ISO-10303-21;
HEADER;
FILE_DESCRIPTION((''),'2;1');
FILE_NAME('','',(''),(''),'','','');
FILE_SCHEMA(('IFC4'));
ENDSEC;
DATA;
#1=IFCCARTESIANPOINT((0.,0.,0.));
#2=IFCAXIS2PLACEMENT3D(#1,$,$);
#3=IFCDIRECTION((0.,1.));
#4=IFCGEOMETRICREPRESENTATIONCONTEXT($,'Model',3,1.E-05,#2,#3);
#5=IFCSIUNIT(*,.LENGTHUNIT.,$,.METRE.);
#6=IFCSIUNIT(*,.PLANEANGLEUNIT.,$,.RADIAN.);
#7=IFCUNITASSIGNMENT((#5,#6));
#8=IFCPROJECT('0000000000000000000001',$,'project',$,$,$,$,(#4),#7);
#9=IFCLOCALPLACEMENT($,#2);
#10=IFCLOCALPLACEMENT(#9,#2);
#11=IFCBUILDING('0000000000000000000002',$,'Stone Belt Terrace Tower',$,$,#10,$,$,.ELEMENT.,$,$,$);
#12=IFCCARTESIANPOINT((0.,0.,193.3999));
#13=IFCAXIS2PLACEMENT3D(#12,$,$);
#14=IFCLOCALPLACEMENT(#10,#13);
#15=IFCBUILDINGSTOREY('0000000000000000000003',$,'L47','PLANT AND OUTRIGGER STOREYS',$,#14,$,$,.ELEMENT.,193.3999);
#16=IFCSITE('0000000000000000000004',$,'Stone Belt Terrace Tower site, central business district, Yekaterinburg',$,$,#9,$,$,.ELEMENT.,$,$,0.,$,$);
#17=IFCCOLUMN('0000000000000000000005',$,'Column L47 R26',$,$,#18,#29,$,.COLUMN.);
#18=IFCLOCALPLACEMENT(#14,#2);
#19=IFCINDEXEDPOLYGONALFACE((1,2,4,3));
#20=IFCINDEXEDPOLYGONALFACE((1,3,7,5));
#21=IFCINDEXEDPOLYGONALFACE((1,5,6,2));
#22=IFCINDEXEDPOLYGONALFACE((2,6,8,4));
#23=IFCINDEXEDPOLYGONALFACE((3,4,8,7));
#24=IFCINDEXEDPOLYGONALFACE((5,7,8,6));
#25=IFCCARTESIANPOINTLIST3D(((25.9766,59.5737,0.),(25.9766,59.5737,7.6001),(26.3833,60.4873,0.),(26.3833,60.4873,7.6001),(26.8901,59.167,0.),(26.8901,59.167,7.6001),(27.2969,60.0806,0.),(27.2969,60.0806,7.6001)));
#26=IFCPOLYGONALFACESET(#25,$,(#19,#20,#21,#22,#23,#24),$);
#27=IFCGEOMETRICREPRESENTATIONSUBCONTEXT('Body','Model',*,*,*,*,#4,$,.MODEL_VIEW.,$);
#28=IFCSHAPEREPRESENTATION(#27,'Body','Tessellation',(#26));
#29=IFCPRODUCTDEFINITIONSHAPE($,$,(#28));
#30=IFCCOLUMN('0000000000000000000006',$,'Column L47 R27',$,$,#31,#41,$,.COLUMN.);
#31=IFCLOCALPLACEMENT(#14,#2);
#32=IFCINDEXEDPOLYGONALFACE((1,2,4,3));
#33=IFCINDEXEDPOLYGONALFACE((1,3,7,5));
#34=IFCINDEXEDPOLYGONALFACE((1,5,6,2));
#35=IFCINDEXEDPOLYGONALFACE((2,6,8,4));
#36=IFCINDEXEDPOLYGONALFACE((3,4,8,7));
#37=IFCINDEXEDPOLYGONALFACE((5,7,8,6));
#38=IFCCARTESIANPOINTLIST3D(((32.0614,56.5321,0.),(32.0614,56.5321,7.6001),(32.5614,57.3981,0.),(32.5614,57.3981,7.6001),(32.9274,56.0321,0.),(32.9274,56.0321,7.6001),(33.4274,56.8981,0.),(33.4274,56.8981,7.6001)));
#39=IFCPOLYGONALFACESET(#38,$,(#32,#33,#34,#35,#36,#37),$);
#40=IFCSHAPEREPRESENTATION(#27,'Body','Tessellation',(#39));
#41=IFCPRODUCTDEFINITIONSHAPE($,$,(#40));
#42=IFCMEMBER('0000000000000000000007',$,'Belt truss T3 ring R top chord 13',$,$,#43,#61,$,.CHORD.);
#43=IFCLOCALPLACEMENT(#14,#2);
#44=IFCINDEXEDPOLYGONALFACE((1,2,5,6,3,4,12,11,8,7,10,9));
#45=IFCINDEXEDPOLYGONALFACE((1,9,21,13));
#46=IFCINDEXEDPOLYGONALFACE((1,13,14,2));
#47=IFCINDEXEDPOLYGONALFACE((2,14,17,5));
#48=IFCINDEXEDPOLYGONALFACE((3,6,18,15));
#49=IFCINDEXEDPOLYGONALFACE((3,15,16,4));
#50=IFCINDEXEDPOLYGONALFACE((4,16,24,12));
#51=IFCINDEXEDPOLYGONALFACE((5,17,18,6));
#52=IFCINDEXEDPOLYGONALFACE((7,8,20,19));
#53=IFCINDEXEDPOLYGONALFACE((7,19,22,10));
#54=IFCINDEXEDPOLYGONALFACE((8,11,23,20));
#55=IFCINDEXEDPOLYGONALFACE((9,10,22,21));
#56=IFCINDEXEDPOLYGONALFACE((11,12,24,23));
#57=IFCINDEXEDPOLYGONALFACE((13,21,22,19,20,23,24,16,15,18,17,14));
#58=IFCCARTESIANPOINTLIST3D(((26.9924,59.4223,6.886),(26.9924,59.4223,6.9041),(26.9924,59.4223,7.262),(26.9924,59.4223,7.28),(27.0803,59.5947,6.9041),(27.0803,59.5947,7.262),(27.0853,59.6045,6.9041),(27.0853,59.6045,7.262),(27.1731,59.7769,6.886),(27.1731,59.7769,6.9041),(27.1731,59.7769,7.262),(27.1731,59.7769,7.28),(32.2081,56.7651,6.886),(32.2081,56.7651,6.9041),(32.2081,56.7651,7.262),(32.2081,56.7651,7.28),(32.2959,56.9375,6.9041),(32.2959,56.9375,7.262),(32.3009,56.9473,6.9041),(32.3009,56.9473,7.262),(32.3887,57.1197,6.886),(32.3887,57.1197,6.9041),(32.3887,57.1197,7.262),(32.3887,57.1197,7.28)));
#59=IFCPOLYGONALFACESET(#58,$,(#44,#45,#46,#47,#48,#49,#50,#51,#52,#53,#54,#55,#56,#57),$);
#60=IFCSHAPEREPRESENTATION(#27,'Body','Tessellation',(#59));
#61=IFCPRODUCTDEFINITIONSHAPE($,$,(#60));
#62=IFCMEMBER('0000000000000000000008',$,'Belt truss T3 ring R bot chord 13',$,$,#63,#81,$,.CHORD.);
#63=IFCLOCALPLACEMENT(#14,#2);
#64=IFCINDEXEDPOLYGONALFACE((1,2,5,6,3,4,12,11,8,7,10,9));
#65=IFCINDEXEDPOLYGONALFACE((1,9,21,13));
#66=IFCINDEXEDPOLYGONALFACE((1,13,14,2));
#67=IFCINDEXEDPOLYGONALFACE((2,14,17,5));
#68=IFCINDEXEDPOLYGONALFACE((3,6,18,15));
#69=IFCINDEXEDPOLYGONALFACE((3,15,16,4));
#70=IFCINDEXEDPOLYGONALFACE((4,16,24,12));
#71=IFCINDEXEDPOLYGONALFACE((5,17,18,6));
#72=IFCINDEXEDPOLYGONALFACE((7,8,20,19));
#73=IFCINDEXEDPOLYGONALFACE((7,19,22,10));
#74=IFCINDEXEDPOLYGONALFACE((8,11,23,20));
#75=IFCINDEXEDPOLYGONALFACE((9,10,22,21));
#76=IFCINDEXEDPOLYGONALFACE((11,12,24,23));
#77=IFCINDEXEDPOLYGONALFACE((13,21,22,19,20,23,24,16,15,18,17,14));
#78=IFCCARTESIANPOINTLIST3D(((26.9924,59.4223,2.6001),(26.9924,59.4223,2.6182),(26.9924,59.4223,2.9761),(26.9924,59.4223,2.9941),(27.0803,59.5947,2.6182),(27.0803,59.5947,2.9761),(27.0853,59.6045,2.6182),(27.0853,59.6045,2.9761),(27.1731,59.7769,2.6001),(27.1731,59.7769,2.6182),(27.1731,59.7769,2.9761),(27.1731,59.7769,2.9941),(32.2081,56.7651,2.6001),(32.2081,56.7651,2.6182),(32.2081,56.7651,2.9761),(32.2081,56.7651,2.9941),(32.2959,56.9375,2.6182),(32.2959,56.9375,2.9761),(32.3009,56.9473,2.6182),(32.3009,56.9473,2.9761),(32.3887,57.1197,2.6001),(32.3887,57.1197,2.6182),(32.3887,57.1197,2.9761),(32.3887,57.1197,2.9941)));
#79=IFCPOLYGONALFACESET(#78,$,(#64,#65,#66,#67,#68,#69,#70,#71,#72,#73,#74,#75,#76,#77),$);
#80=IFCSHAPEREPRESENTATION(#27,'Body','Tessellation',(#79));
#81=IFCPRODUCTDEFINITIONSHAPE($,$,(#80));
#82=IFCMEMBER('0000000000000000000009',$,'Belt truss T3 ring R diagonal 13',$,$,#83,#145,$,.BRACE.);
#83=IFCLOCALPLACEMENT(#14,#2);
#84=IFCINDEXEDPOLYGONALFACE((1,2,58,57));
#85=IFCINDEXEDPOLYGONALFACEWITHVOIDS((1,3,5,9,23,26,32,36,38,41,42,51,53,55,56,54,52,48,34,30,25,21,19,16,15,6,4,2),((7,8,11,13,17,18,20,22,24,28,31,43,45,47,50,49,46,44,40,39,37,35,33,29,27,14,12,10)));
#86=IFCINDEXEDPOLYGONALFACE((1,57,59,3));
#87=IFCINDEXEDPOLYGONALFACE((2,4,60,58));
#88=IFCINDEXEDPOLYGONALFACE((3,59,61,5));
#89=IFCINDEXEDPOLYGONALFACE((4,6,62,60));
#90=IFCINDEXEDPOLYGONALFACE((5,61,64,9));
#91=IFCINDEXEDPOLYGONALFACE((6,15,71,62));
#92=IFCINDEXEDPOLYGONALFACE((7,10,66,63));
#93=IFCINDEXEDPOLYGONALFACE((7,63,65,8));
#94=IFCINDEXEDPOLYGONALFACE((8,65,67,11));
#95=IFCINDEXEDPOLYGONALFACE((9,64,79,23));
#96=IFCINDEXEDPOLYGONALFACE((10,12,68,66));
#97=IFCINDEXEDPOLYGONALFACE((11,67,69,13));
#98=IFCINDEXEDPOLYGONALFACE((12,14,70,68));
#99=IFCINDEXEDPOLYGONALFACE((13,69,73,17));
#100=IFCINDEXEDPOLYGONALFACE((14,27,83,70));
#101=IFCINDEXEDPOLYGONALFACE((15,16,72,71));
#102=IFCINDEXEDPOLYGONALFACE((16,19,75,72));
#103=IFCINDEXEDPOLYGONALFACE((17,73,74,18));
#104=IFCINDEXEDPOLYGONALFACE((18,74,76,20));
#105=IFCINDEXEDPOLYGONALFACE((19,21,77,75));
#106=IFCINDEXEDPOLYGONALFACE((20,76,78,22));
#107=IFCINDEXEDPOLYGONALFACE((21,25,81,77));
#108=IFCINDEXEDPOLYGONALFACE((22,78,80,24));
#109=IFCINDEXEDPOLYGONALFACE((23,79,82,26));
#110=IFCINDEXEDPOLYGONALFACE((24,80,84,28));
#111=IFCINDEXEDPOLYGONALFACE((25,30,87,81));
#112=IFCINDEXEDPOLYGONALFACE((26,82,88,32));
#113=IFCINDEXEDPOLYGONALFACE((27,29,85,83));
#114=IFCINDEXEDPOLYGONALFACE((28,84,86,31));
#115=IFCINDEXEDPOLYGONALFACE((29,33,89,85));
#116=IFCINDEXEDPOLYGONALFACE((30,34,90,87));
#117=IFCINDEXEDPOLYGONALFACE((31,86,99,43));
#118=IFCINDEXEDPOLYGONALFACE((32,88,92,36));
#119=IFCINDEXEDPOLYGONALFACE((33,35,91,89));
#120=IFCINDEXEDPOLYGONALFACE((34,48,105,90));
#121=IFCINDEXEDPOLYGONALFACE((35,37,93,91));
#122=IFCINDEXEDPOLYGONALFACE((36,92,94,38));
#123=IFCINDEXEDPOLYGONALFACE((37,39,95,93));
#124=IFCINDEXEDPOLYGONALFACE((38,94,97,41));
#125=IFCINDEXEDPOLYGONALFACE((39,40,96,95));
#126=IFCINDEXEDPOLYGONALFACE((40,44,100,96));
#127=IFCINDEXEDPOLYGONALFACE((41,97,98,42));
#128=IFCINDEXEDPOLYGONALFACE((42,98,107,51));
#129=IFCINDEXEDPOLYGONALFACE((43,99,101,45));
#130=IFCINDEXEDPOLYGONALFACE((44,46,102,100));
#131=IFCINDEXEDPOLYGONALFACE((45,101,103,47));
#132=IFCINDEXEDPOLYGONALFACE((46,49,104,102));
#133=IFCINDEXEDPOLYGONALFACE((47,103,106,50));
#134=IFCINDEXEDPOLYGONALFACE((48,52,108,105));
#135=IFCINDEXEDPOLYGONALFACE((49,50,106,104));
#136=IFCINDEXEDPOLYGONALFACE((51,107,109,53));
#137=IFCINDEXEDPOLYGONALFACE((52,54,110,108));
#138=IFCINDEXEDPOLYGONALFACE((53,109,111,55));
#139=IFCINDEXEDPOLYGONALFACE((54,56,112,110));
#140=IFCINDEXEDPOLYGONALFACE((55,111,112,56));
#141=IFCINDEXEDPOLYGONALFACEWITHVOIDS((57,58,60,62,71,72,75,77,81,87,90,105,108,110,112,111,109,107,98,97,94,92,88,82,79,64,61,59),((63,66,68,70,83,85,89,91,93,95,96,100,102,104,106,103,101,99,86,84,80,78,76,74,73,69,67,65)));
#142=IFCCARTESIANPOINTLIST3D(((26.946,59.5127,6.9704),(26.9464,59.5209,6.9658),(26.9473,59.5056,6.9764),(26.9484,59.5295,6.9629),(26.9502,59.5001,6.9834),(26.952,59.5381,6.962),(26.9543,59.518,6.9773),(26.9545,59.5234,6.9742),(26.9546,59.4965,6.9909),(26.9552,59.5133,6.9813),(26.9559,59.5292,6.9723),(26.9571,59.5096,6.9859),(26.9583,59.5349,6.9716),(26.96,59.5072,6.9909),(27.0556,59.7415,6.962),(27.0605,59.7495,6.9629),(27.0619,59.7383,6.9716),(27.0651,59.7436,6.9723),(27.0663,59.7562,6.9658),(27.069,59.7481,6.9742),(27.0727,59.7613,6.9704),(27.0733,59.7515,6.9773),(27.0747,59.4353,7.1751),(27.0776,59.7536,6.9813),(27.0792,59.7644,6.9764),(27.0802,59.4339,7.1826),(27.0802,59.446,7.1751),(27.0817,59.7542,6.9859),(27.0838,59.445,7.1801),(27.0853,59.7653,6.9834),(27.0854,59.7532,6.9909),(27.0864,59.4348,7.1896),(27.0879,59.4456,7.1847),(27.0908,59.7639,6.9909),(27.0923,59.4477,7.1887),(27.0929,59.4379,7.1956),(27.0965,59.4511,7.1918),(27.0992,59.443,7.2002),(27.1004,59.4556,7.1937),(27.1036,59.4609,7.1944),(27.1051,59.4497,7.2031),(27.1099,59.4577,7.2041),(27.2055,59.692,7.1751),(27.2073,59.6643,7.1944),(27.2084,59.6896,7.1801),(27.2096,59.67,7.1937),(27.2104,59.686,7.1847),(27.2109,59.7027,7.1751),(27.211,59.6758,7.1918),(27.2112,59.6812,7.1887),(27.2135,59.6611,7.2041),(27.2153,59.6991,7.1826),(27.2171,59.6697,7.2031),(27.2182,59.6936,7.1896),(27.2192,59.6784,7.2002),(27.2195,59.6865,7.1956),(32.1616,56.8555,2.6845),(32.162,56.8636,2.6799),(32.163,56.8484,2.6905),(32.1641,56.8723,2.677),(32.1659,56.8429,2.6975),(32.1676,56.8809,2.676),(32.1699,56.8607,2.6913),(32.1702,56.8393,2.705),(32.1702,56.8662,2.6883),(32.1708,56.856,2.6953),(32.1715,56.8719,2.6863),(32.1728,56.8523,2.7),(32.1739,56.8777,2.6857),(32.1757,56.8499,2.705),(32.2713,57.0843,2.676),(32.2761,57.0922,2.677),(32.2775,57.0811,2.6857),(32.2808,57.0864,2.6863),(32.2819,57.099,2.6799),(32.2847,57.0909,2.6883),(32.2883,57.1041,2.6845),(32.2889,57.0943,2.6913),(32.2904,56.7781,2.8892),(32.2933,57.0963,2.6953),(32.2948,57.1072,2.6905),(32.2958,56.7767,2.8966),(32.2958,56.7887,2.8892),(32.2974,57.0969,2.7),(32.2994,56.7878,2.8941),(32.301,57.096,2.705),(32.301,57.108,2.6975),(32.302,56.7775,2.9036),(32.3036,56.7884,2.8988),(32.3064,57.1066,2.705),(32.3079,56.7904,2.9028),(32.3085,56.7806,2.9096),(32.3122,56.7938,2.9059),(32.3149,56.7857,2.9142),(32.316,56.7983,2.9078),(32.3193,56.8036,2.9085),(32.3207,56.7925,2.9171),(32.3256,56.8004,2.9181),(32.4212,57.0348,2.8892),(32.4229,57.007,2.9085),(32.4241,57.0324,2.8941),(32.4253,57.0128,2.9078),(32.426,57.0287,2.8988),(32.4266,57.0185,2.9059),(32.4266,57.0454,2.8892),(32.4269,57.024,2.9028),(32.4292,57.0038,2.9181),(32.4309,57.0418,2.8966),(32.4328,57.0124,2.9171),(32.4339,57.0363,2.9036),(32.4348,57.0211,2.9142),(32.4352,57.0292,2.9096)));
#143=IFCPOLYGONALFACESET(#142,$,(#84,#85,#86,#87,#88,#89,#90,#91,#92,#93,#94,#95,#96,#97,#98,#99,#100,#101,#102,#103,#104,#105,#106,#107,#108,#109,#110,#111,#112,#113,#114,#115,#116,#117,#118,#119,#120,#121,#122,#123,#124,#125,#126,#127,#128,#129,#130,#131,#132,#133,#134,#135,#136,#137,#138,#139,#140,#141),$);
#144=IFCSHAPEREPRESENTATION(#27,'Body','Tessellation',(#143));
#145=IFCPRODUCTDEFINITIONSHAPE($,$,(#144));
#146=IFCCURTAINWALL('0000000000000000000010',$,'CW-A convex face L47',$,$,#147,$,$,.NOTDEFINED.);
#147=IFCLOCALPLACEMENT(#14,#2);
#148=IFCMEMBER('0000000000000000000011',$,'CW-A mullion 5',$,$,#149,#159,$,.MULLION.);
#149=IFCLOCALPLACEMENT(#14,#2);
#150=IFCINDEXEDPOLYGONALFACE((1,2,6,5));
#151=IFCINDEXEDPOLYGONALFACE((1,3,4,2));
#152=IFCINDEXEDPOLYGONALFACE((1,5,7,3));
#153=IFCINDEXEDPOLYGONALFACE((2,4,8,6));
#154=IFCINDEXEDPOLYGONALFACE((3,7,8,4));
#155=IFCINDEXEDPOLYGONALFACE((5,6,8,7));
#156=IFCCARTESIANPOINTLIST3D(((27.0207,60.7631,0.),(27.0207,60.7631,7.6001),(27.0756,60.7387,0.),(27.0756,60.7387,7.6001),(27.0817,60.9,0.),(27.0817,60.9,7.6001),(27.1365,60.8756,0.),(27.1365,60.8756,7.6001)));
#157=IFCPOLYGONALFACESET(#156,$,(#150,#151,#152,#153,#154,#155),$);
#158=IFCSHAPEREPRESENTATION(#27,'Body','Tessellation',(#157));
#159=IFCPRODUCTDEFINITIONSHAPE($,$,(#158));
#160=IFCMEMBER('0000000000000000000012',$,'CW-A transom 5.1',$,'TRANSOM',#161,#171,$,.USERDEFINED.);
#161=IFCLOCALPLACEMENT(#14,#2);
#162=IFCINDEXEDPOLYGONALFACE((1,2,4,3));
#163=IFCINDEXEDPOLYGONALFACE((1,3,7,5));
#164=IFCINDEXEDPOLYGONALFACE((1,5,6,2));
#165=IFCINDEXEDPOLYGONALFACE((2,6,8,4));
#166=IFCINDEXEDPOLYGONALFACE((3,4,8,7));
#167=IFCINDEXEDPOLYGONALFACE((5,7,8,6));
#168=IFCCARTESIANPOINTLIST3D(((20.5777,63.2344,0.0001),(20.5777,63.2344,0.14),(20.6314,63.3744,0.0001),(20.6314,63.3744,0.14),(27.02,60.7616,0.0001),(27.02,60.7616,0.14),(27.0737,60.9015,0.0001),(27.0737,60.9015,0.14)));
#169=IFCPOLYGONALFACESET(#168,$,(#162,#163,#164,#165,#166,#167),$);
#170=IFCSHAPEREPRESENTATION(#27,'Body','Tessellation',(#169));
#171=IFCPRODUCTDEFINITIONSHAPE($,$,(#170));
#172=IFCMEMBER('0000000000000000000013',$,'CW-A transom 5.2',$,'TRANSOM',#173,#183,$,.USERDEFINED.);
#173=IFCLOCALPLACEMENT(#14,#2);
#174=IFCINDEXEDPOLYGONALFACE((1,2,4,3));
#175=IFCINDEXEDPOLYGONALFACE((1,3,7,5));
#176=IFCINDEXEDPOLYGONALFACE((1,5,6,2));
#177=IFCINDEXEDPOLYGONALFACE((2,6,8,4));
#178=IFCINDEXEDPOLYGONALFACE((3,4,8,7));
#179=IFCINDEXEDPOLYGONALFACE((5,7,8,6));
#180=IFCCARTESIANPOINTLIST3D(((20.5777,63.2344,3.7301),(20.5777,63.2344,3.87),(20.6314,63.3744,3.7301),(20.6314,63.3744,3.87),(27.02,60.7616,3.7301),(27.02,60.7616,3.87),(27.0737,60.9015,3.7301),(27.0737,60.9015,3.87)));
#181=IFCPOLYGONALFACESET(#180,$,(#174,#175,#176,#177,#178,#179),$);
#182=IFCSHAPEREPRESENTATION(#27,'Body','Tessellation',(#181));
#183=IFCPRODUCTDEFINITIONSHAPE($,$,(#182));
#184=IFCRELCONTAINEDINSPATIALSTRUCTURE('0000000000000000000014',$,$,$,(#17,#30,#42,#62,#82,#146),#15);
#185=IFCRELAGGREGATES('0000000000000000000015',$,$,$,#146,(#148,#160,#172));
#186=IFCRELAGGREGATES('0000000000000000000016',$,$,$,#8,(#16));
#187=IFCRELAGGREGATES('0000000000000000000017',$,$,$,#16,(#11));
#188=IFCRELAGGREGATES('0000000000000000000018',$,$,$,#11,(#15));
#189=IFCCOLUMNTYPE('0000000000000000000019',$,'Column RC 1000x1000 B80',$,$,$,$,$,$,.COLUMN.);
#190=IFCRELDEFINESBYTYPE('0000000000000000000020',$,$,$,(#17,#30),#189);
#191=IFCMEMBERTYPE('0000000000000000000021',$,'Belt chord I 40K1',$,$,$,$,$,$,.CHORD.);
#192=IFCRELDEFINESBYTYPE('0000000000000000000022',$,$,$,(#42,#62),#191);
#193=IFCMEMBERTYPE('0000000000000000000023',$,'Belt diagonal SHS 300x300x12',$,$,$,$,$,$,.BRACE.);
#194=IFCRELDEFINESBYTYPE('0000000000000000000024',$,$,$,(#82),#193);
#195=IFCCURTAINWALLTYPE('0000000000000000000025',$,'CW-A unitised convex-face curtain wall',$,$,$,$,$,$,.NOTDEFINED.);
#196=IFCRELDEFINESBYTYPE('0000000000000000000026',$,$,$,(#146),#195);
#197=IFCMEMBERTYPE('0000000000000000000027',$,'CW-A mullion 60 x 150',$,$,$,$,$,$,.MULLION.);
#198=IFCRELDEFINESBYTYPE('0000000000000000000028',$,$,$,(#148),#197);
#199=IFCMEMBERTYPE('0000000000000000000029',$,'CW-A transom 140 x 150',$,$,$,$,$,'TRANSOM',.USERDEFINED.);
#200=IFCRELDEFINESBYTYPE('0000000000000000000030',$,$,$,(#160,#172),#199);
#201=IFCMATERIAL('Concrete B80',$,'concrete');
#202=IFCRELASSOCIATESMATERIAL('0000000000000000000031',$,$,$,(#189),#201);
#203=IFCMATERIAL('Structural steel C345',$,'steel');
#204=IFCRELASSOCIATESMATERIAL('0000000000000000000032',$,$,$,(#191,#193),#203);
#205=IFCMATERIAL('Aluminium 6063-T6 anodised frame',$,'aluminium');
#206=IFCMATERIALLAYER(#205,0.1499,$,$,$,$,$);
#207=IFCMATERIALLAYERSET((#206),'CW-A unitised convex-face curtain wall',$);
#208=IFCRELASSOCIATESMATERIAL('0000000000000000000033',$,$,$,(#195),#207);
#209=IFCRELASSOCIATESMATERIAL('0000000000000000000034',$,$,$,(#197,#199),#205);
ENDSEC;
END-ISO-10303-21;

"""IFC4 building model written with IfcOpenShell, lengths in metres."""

from ifc_helpers import new_model, si_unit, direction, frame, origin, origin_2d, place, context, subcontext, project, spatial, rectangle, hollow_rectangle, i_section, extrude, material, layer, layer_set, material_profile, profile_set, type_object, element, aggregate, save


model = new_model("IFC4")

# Units and contexts
model_context = context("Model", 3, precision=1e-05, world=origin(), true_north=direction((0.0, 1.0)))
body_context = subcontext(model_context, "Body", "Model", "MODEL_VIEW")
ifc_project = project(units=[si_unit("LENGTHUNIT", "METRE"), si_unit("PLANEANGLEUNIT", "RADIAN")], contexts=[model_context])

# Site, building, storey
site_placement = place(None, origin())
site = spatial("IfcSite", under=ifc_project, at=site_placement, Name="Stone Belt Terrace Tower site, central business district, Yekaterinburg", CompositionType="ELEMENT", RefElevation=0.0)
building_placement = place(site_placement, origin())
building = spatial("IfcBuilding", under=site, at=building_placement, Name="Stone Belt Terrace Tower", CompositionType="ELEMENT")
storey_placement = place(building_placement, frame((0.0, 0.0, 193.3999)))
storey = spatial("IfcBuildingStorey", under=building, at=storey_placement, Name="L47", Description="PLANT AND OUTRIGGER STOREYS", CompositionType="ELEMENT", Elevation=193.3999)

# Columns
ifc_material_1 = material(Name="Concrete B80", Category="concrete")
ifc_material_profile_1 = material_profile(ifc_material_1, rectangle(XDim=1.0, YDim=1.0, at=origin_2d()), Name="RC 1000x1000")
ifc_profile_set_1 = profile_set([ifc_material_profile_1], Name="Concrete B80")
column_type = type_object("IfcColumnType", Name="Column RC 1000x1000 B80", PredefinedType="COLUMN", material=ifc_profile_set_1)
for number, where, z_axis, x_axis, name in (
    (1, (26.6367, 59.8271, 0.0), (0.0, 0.0, 1.0), (0.913545, -0.406737, 0.0), "Column L47 R26"),
    (2, (32.7444, 56.7151, 0.0), (0.0, 0.0, 1.0), (0.866025, -0.5, 0.0), "Column L47 R27"),
):
    element("IfcColumn", number, at=place(storey_placement, frame(where, z_axis=z_axis, x_axis=x_axis)), inside=storey, type_object=column_type, Name=name, PredefinedType="COLUMN", context=body_context, shape_type="SweptSolid", body=[
        extrude(rectangle(XDim=1.0, YDim=1.0, at=origin_2d()), origin(), (0.0, 0.0, 1.0), 7.6001),
    ])

# Members
ifc_material_2 = material(Name="Structural steel C345", Category="steel")
ifc_material_profile_2 = material_profile(ifc_material_2, i_section(OverallWidth=0.3979, OverallDepth=0.394, WebThickness=0.011, FlangeThickness=0.0181, at=origin_2d()), Name="I 40K1")
ifc_profile_set_2 = profile_set([ifc_material_profile_2], Name="Structural steel C345")
member_type_1 = type_object("IfcMemberType", Name="Belt chord I 40K1", PredefinedType="CHORD", material=ifc_profile_set_2)
for number, where, z_axis, x_axis, name in (
    (3, (27.0828, 59.5996, 7.083), (0.891023, -0.453958, 0.0), (0.453958, 0.891023, 0.0), "Belt truss T3 ring R top chord 13"),
    (4, (27.0828, 59.5996, 2.7971), (0.891023, -0.453958, 0.0), (0.453958, 0.891023, 0.0), "Belt truss T3 ring R bot chord 13"),
):
    element("IfcMember", number, at=place(storey_placement, frame(where, z_axis=z_axis, x_axis=x_axis)), inside=storey, type_object=member_type_1, Name=name, PredefinedType="CHORD", context=body_context, shape_type="SweptSolid", body=[
        extrude(i_section(OverallWidth=0.3979, OverallDepth=0.394, WebThickness=0.011, FlangeThickness=0.0181, at=origin_2d()), origin(), (0.0, 0.0, 1.0), 5.8535),
    ])
ifc_material_profile_3 = material_profile(ifc_material_2, hollow_rectangle(XDim=0.3, YDim=0.3, WallThickness=0.012, InnerFilletRadius=0.0239, OuterFilletRadius=0.0359, at=origin_2d()), Name="SHS 300x300x12")
ifc_profile_set_3 = profile_set([ifc_material_profile_3], Name="Structural steel C345")
member_type_2 = type_object("IfcMemberType", Name="Belt diagonal SHS 300x300x12", PredefinedType="BRACE", material=ifc_profile_set_3)
member_1_placement = place(storey_placement, frame((27.0828, 59.5996, 7.083), z_axis=(0.718915, -0.366272, -0.590767), x_axis=(0.453958, 0.891023, 0.0)))
element("IfcMember", 5, at=member_1_placement, inside=storey, type_object=member_type_2, Name="Belt truss T3 ring R diagonal 13", PredefinedType="BRACE", context=body_context, shape_type="SweptSolid", body=[
    extrude(hollow_rectangle(XDim=0.3, YDim=0.3, WallThickness=0.012, InnerFilletRadius=0.0239, OuterFilletRadius=0.0359, at=origin_2d()), origin(), (0.0, 0.0, 1.0), 7.2549),
])

# Curtain wall, members
ifc_material_3 = material(Name="Aluminium 6063-T6 anodised frame", Category="aluminium")
ifc_layer_1 = layer(ifc_material_3, 0.1499)
ifc_layer_set_1 = layer_set([ifc_layer_1], Name="CW-A unitised convex-face curtain wall")
curtain_wall_type = type_object("IfcCurtainWallType", Name="CW-A unitised convex-face curtain wall", PredefinedType="NOTDEFINED", material=ifc_layer_set_1)
curtain_wall_placement = place(storey_placement, origin())
curtain_wall = element("IfcCurtainWall", 6, at=curtain_wall_placement, inside=storey, type_object=curtain_wall_type, Name="CW-A convex face L47", PredefinedType="NOTDEFINED")
ifc_material_profile_4 = material_profile(ifc_material_3, rectangle(XDim=0.1499, YDim=0.0601, at=origin_2d()), Name="Aluminium 6063-T6 60x150")
ifc_profile_set_4 = profile_set([ifc_material_profile_4], Name="Aluminium 6063-T6 anodised frame")
member_type_3 = type_object("IfcMemberType", Name="CW-A mullion 60 x 150", PredefinedType="MULLION", material=ifc_profile_set_4)
member_2_placement = place(storey_placement, frame((27.0786, 60.8193, 0.0), z_axis=(0.0, 0.0, 1.0), x_axis=(-0.406737, -0.913545, 0.0)))
member_2 = element("IfcMember", 7, at=member_2_placement, type_object=member_type_3, Name="CW-A mullion 5", PredefinedType="MULLION", context=body_context, shape_type="SweptSolid", body=[
    extrude(rectangle(XDim=0.1499, YDim=0.0601, at=origin_2d()), origin(), (0.0, 0.0, 1.0), 7.6001),
])
ifc_material_profile_5 = material_profile(ifc_material_3, rectangle(XDim=0.1499, YDim=0.1399, at=origin_2d()), Name="Aluminium 6063-T6 150x140")
ifc_profile_set_5 = profile_set([ifc_material_profile_5], Name="Aluminium 6063-T6 anodised frame")
member_type_4 = type_object("IfcMemberType", Name="CW-A transom 140 x 150", ElementType="TRANSOM", PredefinedType="USERDEFINED", material=ifc_profile_set_5)
member_3_placement = place(storey_placement, frame((27.0469, 60.8315, 0.0701), z_axis=(-0.933585, 0.358355, 0.0), x_axis=(-0.358355, -0.933585, 0.0)))
member_3 = element("IfcMember", 8, at=member_3_placement, type_object=member_type_4, Name="CW-A transom 5.1", ObjectType="TRANSOM", PredefinedType="USERDEFINED", context=body_context, shape_type="SweptSolid", body=[
    extrude(rectangle(XDim=0.1499, YDim=0.1399, at=origin_2d()), origin(), (0.0, 0.0, 1.0), 6.9006),
])
member_4_placement = place(storey_placement, frame((27.0469, 60.8315, 3.8), z_axis=(-0.933585, 0.358355, 0.0), x_axis=(-0.358355, -0.933585, 0.0)))
member_4 = element("IfcMember", 9, at=member_4_placement, type_object=member_type_4, Name="CW-A transom 5.2", ObjectType="TRANSOM", PredefinedType="USERDEFINED", context=body_context, shape_type="SweptSolid", body=[
    extrude(rectangle(XDim=0.1499, YDim=0.1399, at=origin_2d()), origin(), (0.0, 0.0, 1.0), 6.9006),
])

aggregate(curtain_wall, [member_2, member_3, member_4])

save(model, "model.ifc")
